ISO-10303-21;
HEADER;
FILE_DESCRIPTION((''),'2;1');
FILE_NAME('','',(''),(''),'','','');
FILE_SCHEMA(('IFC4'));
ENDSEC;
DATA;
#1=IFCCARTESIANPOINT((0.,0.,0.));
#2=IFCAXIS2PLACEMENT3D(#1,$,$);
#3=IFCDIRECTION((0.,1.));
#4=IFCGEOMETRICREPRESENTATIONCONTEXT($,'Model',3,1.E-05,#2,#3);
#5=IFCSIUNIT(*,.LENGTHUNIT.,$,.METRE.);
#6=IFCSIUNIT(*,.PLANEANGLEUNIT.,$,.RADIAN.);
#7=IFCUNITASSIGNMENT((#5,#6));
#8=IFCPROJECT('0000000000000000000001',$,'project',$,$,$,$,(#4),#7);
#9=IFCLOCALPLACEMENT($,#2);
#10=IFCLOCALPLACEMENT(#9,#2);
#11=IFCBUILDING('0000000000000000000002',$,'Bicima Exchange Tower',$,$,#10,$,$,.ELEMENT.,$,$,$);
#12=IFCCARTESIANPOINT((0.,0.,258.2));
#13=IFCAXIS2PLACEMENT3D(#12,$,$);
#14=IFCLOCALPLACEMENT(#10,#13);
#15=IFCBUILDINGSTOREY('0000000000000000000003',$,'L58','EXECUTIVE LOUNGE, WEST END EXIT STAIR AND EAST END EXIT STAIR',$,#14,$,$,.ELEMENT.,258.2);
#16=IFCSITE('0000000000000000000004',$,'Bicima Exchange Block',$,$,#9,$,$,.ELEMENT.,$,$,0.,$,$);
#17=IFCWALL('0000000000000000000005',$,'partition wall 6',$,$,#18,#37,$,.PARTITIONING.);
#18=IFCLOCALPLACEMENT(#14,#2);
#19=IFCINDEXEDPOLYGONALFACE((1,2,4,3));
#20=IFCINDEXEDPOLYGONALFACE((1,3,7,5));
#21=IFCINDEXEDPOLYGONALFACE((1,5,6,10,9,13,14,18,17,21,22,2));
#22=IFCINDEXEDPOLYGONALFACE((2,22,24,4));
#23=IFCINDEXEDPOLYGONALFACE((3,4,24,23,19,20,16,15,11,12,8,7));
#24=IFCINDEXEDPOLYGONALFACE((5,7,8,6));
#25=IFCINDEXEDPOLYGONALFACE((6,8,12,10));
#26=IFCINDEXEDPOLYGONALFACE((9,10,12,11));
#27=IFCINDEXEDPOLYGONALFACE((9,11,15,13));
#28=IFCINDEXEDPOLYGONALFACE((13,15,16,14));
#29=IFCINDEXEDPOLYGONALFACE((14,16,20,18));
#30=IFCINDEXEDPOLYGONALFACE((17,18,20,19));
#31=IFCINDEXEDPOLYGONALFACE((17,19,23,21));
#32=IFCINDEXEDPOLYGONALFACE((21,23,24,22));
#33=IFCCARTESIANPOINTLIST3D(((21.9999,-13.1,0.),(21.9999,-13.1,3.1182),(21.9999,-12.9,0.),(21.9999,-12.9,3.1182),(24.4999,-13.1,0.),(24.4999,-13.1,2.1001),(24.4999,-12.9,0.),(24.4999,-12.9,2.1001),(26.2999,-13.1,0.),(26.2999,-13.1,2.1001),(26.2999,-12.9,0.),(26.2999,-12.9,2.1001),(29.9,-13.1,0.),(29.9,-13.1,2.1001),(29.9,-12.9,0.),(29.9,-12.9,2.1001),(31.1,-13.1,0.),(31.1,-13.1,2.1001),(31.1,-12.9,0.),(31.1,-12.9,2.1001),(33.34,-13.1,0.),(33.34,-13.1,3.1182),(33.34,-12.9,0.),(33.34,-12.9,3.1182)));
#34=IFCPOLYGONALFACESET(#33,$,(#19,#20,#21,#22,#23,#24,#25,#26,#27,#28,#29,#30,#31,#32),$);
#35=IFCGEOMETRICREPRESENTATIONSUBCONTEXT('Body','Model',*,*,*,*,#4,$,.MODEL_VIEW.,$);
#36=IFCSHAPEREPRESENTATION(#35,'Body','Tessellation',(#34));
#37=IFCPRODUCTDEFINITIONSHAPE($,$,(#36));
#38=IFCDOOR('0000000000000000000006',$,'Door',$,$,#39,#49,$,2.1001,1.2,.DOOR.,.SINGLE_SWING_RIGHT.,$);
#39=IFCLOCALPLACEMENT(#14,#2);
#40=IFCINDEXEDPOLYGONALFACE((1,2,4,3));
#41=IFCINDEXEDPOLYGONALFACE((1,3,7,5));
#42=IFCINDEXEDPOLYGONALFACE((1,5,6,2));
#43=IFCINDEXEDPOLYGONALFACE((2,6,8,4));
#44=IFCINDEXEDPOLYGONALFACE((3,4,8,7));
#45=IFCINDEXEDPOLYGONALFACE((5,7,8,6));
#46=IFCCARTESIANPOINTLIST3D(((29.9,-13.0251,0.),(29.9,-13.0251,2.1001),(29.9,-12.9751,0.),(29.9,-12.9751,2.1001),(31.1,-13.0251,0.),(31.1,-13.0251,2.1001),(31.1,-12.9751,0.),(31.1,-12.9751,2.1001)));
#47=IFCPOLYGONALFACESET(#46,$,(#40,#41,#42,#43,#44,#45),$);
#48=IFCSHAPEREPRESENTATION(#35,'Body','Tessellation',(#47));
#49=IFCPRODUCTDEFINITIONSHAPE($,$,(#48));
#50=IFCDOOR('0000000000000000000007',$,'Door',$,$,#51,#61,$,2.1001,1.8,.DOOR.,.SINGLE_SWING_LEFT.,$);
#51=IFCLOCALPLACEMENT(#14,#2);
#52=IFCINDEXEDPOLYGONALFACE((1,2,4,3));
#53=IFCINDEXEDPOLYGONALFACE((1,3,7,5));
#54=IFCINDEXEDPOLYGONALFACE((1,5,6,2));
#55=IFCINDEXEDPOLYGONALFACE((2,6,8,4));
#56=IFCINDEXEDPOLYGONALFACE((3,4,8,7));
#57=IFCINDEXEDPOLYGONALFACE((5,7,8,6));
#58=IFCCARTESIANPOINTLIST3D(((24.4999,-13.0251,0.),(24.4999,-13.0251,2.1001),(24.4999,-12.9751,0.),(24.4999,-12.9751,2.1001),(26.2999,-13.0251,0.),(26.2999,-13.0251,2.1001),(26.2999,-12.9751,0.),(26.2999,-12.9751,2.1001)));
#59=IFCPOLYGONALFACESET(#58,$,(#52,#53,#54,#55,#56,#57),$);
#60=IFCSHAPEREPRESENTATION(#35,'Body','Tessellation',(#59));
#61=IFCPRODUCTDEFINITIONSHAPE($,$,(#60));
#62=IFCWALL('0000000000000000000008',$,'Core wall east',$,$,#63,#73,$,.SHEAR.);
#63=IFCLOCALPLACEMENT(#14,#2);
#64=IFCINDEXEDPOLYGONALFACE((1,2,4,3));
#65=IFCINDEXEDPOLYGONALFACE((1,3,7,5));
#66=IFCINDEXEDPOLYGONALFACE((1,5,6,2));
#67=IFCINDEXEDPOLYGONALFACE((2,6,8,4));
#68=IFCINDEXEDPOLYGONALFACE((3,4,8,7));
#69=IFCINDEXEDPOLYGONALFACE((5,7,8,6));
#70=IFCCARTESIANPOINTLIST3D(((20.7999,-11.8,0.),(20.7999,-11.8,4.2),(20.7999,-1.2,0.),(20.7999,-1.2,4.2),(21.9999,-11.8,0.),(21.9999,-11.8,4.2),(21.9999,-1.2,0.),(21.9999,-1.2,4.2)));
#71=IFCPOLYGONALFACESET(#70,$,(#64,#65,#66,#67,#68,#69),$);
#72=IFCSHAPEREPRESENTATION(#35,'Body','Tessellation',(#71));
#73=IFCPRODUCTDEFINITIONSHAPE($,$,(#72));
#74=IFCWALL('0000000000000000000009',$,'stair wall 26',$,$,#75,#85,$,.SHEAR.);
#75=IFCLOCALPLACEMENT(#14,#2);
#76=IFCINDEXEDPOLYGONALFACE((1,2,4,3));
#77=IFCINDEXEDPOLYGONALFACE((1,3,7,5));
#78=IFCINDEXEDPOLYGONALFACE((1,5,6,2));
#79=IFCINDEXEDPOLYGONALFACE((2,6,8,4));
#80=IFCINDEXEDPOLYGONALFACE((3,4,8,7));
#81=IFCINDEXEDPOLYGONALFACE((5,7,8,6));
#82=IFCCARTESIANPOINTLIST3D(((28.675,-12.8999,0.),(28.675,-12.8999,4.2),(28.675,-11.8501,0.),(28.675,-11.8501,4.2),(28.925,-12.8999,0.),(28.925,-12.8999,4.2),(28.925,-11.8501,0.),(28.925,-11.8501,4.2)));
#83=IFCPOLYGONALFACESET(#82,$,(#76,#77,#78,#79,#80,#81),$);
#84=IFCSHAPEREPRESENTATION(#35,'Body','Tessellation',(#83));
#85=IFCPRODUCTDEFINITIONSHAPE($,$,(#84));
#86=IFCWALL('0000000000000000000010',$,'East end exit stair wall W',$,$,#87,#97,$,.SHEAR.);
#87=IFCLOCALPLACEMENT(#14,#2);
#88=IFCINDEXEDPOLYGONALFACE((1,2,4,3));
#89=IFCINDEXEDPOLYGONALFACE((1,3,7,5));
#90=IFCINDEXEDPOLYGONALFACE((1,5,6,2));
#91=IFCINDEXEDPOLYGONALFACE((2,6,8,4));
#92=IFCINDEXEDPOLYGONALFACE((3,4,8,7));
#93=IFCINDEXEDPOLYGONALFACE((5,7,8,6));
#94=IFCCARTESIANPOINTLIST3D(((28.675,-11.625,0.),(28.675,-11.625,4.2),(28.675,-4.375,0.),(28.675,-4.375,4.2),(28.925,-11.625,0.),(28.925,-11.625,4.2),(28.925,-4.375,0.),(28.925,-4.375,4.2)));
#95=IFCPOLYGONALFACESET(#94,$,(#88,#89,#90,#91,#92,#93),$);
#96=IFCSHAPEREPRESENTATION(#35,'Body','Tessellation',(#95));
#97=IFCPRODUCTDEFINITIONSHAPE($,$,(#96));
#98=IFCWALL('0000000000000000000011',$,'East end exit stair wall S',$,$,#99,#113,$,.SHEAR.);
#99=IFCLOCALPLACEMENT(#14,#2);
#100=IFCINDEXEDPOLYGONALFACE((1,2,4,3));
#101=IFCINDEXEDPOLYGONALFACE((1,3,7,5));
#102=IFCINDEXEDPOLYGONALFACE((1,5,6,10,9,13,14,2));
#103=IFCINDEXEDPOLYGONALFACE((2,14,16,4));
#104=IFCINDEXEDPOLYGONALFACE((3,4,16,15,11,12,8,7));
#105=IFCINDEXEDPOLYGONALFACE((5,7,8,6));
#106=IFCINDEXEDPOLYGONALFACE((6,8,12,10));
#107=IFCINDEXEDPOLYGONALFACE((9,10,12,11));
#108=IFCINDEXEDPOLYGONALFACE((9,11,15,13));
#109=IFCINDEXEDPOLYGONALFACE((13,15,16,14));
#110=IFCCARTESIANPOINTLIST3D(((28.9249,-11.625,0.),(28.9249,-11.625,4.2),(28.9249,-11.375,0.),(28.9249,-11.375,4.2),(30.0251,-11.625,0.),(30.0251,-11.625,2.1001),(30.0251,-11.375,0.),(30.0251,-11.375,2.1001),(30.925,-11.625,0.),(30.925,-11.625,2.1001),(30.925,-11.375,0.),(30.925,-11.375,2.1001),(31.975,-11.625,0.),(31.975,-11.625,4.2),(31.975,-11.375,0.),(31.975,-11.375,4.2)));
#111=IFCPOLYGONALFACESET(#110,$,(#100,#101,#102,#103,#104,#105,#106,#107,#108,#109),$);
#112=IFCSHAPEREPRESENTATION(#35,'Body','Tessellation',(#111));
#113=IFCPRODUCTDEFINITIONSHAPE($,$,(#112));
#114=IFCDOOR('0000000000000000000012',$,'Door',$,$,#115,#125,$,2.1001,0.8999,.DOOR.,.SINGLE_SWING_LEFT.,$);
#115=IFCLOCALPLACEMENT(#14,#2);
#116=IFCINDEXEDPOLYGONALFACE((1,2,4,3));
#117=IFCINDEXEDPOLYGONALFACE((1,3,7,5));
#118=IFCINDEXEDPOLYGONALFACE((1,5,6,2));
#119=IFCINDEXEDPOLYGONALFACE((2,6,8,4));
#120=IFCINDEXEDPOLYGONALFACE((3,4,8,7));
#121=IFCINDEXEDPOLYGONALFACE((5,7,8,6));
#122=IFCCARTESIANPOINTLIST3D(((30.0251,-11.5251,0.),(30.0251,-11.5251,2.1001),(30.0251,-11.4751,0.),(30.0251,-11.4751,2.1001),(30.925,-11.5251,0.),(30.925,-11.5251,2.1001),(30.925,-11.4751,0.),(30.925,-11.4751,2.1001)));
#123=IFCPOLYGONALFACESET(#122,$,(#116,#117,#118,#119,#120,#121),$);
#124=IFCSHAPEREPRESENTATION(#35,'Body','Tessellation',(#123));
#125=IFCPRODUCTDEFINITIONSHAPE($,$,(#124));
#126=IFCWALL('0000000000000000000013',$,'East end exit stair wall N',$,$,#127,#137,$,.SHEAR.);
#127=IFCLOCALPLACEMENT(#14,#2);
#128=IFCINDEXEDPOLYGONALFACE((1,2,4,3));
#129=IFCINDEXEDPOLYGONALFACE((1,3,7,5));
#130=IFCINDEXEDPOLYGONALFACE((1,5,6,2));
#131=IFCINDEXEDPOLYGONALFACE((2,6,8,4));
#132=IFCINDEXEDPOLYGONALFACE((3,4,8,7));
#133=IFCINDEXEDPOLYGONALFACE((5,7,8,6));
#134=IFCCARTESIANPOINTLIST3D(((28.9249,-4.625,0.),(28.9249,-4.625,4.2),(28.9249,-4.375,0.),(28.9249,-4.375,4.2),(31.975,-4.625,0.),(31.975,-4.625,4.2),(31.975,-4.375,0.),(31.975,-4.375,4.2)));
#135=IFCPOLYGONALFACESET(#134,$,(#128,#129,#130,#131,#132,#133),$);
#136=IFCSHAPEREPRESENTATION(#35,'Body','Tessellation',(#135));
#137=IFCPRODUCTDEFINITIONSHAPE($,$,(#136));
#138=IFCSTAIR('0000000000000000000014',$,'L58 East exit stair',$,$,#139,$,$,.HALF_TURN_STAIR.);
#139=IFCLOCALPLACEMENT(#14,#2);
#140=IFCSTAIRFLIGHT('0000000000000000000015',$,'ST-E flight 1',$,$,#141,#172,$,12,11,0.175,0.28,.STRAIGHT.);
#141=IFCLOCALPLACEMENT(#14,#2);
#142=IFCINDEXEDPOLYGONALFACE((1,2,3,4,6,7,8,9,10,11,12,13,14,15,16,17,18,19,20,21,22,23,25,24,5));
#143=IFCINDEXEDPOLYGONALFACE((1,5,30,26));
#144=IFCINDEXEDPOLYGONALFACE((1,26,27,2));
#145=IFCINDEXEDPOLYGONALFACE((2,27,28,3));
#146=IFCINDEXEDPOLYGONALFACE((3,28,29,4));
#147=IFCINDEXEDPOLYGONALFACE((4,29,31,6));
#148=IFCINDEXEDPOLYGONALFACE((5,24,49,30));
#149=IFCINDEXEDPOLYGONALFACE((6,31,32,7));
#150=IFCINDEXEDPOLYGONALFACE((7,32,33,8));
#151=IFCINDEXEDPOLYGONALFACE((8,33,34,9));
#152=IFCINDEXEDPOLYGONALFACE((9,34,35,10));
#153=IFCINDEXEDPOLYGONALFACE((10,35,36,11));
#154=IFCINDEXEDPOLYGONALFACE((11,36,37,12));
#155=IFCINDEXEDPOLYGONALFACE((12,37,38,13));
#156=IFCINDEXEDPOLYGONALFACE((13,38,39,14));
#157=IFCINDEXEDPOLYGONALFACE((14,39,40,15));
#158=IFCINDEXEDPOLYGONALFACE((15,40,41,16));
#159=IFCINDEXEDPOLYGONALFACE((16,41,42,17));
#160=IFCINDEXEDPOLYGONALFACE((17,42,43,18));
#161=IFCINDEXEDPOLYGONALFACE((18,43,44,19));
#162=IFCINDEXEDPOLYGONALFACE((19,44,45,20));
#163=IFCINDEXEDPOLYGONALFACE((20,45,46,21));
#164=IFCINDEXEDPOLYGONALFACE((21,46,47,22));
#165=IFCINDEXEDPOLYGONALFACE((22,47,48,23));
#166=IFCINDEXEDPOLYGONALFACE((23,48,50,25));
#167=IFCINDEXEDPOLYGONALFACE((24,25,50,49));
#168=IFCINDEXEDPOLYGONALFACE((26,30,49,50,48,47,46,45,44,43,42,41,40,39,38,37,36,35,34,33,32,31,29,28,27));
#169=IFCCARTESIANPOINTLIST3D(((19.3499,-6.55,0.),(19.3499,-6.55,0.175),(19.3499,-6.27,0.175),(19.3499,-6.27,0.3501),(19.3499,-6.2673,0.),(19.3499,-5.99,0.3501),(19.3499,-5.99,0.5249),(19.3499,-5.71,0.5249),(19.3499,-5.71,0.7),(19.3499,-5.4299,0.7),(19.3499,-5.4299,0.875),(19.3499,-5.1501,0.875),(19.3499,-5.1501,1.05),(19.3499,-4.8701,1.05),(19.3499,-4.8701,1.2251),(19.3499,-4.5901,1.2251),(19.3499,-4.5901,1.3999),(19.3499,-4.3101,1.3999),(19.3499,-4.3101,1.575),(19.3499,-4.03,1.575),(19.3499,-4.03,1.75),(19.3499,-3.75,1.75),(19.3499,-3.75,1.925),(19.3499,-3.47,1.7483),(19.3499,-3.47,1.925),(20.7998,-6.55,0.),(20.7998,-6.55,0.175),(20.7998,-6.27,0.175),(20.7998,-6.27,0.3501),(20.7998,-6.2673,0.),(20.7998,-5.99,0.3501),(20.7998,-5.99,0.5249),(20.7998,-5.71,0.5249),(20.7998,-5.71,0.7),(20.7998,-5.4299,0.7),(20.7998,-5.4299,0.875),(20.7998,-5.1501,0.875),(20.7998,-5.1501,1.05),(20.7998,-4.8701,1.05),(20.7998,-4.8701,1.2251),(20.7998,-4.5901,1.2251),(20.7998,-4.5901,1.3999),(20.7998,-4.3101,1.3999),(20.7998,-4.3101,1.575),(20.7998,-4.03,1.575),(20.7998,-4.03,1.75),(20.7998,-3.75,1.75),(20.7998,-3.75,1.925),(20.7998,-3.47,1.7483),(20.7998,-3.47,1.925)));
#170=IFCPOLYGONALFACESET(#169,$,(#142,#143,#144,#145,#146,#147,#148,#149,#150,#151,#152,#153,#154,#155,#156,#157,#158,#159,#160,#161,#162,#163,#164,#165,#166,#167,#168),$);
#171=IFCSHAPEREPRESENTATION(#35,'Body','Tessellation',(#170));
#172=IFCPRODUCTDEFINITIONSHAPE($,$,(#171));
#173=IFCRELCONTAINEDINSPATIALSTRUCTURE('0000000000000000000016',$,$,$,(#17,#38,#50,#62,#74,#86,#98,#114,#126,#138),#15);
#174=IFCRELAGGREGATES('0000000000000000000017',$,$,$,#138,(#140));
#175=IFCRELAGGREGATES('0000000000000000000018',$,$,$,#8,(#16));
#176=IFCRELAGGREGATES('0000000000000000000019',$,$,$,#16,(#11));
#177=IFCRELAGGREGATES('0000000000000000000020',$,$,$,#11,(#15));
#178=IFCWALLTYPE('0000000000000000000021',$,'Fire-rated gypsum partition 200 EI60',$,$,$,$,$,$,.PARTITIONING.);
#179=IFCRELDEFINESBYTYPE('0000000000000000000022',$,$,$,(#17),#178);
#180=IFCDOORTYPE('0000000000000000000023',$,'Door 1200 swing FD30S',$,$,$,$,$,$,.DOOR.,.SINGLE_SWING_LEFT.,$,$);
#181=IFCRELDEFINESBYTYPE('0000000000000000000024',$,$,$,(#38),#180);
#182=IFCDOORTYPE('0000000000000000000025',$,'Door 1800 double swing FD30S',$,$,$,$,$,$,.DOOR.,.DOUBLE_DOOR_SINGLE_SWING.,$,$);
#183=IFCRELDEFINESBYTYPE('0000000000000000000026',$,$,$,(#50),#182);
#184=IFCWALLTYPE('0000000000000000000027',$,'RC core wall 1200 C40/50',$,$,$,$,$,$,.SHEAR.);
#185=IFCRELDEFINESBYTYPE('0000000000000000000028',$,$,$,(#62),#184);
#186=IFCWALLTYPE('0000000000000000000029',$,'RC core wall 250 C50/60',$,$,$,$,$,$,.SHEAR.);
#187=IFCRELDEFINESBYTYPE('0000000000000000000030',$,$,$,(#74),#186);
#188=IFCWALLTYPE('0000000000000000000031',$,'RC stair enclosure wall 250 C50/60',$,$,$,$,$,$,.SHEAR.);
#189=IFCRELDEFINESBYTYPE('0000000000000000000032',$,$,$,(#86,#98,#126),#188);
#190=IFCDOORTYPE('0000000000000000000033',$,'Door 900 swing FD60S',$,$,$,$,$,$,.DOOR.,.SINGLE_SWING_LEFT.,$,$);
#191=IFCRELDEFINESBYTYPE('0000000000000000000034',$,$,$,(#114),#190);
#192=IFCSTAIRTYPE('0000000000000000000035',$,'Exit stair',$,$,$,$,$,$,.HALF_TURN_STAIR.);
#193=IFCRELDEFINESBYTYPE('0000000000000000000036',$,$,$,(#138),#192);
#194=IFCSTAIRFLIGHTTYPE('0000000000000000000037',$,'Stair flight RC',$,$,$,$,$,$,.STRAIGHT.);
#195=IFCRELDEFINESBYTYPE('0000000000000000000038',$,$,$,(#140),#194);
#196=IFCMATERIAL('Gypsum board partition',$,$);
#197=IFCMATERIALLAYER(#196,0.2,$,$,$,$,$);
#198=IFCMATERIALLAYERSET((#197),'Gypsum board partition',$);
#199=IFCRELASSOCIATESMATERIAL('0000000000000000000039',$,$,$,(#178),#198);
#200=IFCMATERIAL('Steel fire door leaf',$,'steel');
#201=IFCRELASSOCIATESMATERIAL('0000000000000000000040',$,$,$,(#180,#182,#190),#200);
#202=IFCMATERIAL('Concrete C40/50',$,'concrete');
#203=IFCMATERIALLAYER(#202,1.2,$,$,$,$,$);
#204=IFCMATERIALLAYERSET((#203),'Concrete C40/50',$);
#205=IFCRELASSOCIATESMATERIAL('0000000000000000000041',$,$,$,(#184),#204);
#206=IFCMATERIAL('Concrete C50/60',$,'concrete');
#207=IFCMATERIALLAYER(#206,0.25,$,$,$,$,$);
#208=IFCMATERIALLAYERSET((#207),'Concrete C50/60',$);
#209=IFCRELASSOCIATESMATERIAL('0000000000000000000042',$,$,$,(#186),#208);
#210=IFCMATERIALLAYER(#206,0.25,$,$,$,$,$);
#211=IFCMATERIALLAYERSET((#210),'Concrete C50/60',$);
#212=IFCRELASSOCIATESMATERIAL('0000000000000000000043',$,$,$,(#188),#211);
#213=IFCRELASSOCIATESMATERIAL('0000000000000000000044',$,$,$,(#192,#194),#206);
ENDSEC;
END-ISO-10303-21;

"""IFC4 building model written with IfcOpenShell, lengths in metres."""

from ifc_helpers import new_model, si_unit, direction, frame, frame_2d, origin, place, context, subcontext, project, spatial, polyline, rectangle, outline, extrude, material, layer, layer_set, type_object, element, fill, aggregate, save


model = new_model("IFC4")

# Units and contexts
model_context = context("Model", 3, precision=1e-05, world=origin(), true_north=direction((0.0, 1.0)))
body_context = subcontext(model_context, "Body", "Model", "MODEL_VIEW")
ifc_project = project(units=[si_unit("LENGTHUNIT", "METRE"), si_unit("PLANEANGLEUNIT", "RADIAN")], contexts=[model_context])

# Site, building, storey
site_placement = place(None, origin())
site = spatial("IfcSite", under=ifc_project, at=site_placement, Name="Bicima Exchange Block", CompositionType="ELEMENT", RefElevation=0.0)
building_placement = place(site_placement, origin())
building = spatial("IfcBuilding", under=site, at=building_placement, Name="Bicima Exchange Tower", CompositionType="ELEMENT")
storey_placement = place(building_placement, frame((0.0, 0.0, 258.2)))
storey = spatial("IfcBuildingStorey", under=building, at=storey_placement, Name="L58", Description="EXECUTIVE LOUNGE, WEST END EXIT STAIR AND EAST END EXIT STAIR", CompositionType="ELEMENT", Elevation=258.2)

# Wall, openings, doors
ifc_material_1 = material(Name="Gypsum board partition")
ifc_layer_1 = layer(ifc_material_1, 0.2)
ifc_layer_set_1 = layer_set([ifc_layer_1], Name="Gypsum board partition")
wall_type_1 = type_object("IfcWallType", Name="Fire-rated gypsum partition 200 EI60", PredefinedType="PARTITIONING", material=ifc_layer_set_1)
wall_1_placement = place(storey_placement, frame((22.0, -13.0, 0.0), z_axis=(0.0, 0.0, 1.0), x_axis=(1.0, 0.0, 0.0)))
wall_1 = element("IfcWall", 1, at=wall_1_placement, inside=storey, type_object=wall_type_1, Name="partition wall 6", PredefinedType="PARTITIONING", context=body_context, shape_type="SweptSolid", body=[
    extrude(rectangle(XDim=11.3401, YDim=0.2, at=frame_2d((5.6699, 0.0))), origin(), (0.0, 0.0, 1.0), 3.1182),
])
opening_1_placement = place(wall_1_placement, frame((7.8999, 0.0, 0.0)))
opening_1 = element("IfcOpeningElement", 2, at=opening_1_placement, cuts=wall_1, PredefinedType="OPENING", context=body_context, shape_type="SweptSolid", body=[
    extrude(rectangle(XDim=1.2, YDim=2.1001, at=frame_2d((0.6001, 1.05))), frame((0.0, 0.1118, 0.0), z_axis=(0.0, -1.0, 0.0), x_axis=(1.0, 0.0, 0.0)), (0.0, 0.0, 1.0), 0.2239),
])
opening_2_placement = place(wall_1_placement, frame((2.5, 0.0, 0.0)))
opening_2 = element("IfcOpeningElement", 3, at=opening_2_placement, cuts=wall_1, PredefinedType="OPENING", context=body_context, shape_type="SweptSolid", body=[
    extrude(rectangle(XDim=1.8, YDim=2.1001, at=frame_2d((0.8999, 1.05))), frame((0.0, 0.1118, 0.0), z_axis=(0.0, -1.0, 0.0), x_axis=(1.0, 0.0, 0.0)), (0.0, 0.0, 1.0), 0.2239),
])
ifc_material_2 = material(Name="Steel fire door leaf", Category="steel")
door_type_1 = type_object("IfcDoorType", Name="Door 1200 swing FD30S", OperationType="SINGLE_SWING_LEFT", PredefinedType="DOOR", material=ifc_material_2)
door_1_placement = place(opening_1_placement, origin())
door_1 = element("IfcDoor", 4, at=door_1_placement, inside=storey, type_object=door_type_1, Name="Door", OperationType="SINGLE_SWING_RIGHT", OverallHeight=2.1001, OverallWidth=1.2, PredefinedType="DOOR", context=body_context, shape_type="SweptSolid", body=[
    extrude(rectangle(XDim=1.2, YDim=2.1001, at=frame_2d((0.6001, 1.05))), frame((0.0, 0.0249, 0.0), z_axis=(0.0, -1.0, 0.0), x_axis=(1.0, 0.0, 0.0)), (0.0, 0.0, 1.0), 0.05),
])
fill(opening_1, door_1)
door_type_2 = type_object("IfcDoorType", Name="Door 1800 double swing FD30S", OperationType="DOUBLE_DOOR_SINGLE_SWING", PredefinedType="DOOR", material=ifc_material_2)
door_2_placement = place(opening_2_placement, origin())
door_2 = element("IfcDoor", 5, at=door_2_placement, inside=storey, type_object=door_type_2, Name="Door", OperationType="SINGLE_SWING_LEFT", OverallHeight=2.1001, OverallWidth=1.8, PredefinedType="DOOR", context=body_context, shape_type="SweptSolid", body=[
    extrude(rectangle(XDim=1.8, YDim=2.1001, at=frame_2d((0.8999, 1.05))), frame((0.0, 0.0249, 0.0), z_axis=(0.0, -1.0, 0.0), x_axis=(1.0, 0.0, 0.0)), (0.0, 0.0, 1.0), 0.05),
])
fill(opening_2, door_2)

# Walls
ifc_material_3 = material(Name="Concrete C40/50", Category="concrete")
ifc_layer_2 = layer(ifc_material_3, 1.2)
ifc_layer_set_2 = layer_set([ifc_layer_2], Name="Concrete C40/50")
wall_type_2 = type_object("IfcWallType", Name="RC core wall 1200 C40/50", PredefinedType="SHEAR", material=ifc_layer_set_2)
wall_2_placement = place(storey_placement, frame((21.3999, -11.8, 0.0), z_axis=(0.0, 0.0, 1.0), x_axis=(0.0, 1.0, 0.0)))
element("IfcWall", 6, at=wall_2_placement, inside=storey, type_object=wall_type_2, Name="Core wall east", PredefinedType="SHEAR", context=body_context, shape_type="SweptSolid", body=[
    extrude(rectangle(XDim=10.6001, YDim=1.2, at=frame_2d((5.3, 0.0))), origin(), (0.0, 0.0, 1.0), 4.2),
])
ifc_material_4 = material(Name="Concrete C50/60", Category="concrete")
ifc_layer_3 = layer(ifc_material_4, 0.25)
ifc_layer_set_3 = layer_set([ifc_layer_3], Name="Concrete C50/60")
wall_type_3 = type_object("IfcWallType", Name="RC core wall 250 C50/60", PredefinedType="SHEAR", material=ifc_layer_set_3)
wall_3_placement = place(storey_placement, frame((28.8, -12.8999, 0.0), z_axis=(0.0, 0.0, 1.0), x_axis=(0.0, 1.0, 0.0)))
element("IfcWall", 7, at=wall_3_placement, inside=storey, type_object=wall_type_3, Name="stair wall 26", PredefinedType="SHEAR", context=body_context, shape_type="SweptSolid", body=[
    extrude(rectangle(XDim=1.0498, YDim=0.25, at=frame_2d((0.5249, 0.0))), origin(), (0.0, 0.0, 1.0), 4.2),
])
ifc_layer_4 = layer(ifc_material_4, 0.25)
ifc_layer_set_4 = layer_set([ifc_layer_4], Name="Concrete C50/60")
wall_type_4 = type_object("IfcWallType", Name="RC stair enclosure wall 250 C50/60", PredefinedType="SHEAR", material=ifc_layer_set_4)
wall_4_placement = place(storey_placement, frame((28.8, -11.625, 0.0), z_axis=(0.0, 0.0, 1.0), x_axis=(0.0, 1.0, 0.0)))
element("IfcWall", 8, at=wall_4_placement, inside=storey, type_object=wall_type_4, Name="East end exit stair wall W", PredefinedType="SHEAR", context=body_context, shape_type="SweptSolid", body=[
    extrude(rectangle(XDim=7.25, YDim=0.25, at=frame_2d((3.625, 0.0))), origin(), (0.0, 0.0, 1.0), 4.2),
])

# Wall, opening, door
wall_5_placement = place(storey_placement, frame((28.925, -11.5, 0.0), z_axis=(0.0, 0.0, 1.0), x_axis=(1.0, 0.0, 0.0)))
wall_5 = element("IfcWall", 9, at=wall_5_placement, inside=storey, type_object=wall_type_4, Name="East end exit stair wall S", PredefinedType="SHEAR", context=body_context, shape_type="SweptSolid", body=[
    extrude(rectangle(XDim=3.05, YDim=0.25, at=frame_2d((1.5249, 0.0))), origin(), (0.0, 0.0, 1.0), 4.2),
])
opening_3_placement = place(wall_5_placement, frame((1.1001, 0.0, 0.0)))
opening_3 = element("IfcOpeningElement", 10, at=opening_3_placement, cuts=wall_5, PredefinedType="OPENING", context=body_context, shape_type="SweptSolid", body=[
    extrude(rectangle(XDim=0.8999, YDim=2.1001, at=frame_2d((0.45, 1.05))), frame((0.0, 0.137, 0.0), z_axis=(0.0, -1.0, 0.0), x_axis=(1.0, 0.0, 0.0)), (0.0, 0.0, 1.0), 0.2739),
])
door_type_3 = type_object("IfcDoorType", Name="Door 900 swing FD60S", OperationType="SINGLE_SWING_LEFT", PredefinedType="DOOR", material=ifc_material_2)
door_3_placement = place(opening_3_placement, origin())
door_3 = element("IfcDoor", 11, at=door_3_placement, inside=storey, type_object=door_type_3, Name="Door", OperationType="SINGLE_SWING_LEFT", OverallHeight=2.1001, OverallWidth=0.8999, PredefinedType="DOOR", context=body_context, shape_type="SweptSolid", body=[
    extrude(rectangle(XDim=0.8999, YDim=2.1001, at=frame_2d((0.45, 1.05))), frame((0.0, 0.0249, 0.0), z_axis=(0.0, -1.0, 0.0), x_axis=(1.0, 0.0, 0.0)), (0.0, 0.0, 1.0), 0.05),
])
fill(opening_3, door_3)

# Wall
wall_6_placement = place(storey_placement, frame((28.925, -4.5, 0.0), z_axis=(0.0, 0.0, 1.0), x_axis=(1.0, 0.0, 0.0)))
element("IfcWall", 12, at=wall_6_placement, inside=storey, type_object=wall_type_4, Name="East end exit stair wall N", PredefinedType="SHEAR", context=body_context, shape_type="SweptSolid", body=[
    extrude(rectangle(XDim=3.05, YDim=0.25, at=frame_2d((1.5249, 0.0))), origin(), (0.0, 0.0, 1.0), 4.2),
])

# Stair, stair flight
stair_type = type_object("IfcStairType", Name="Exit stair", PredefinedType="HALF_TURN_STAIR", material=ifc_material_4)
stair_1_placement = place(storey_placement, origin())
stair_1 = element("IfcStair", 13, at=stair_1_placement, inside=storey, type_object=stair_type, Name="L58 East exit stair", PredefinedType="HALF_TURN_STAIR")
stair_flight_type = type_object("IfcStairFlightType", Name="Stair flight RC", PredefinedType="STRAIGHT", material=ifc_material_4)
stair_flight_1_placement = place(storey_placement, frame((20.075, -6.55, 0.0), z_axis=(0.0, 0.0, 1.0), x_axis=(0.0, 1.0, 0.0)))
stair_flight_1 = element("IfcStairFlight", 14, at=stair_flight_1_placement, type_object=stair_flight_type, Name="ST-E flight 1", NumberOfRisers=12, NumberOfTreads=11, PredefinedType="STRAIGHT", RiserHeight=0.175, TreadLength=0.28, context=body_context, shape_type="SweptSolid", body=[
    extrude(outline(polyline([(0.0, 0.0), (0.0, 0.175), (0.28, 0.175), (0.28, 0.3501), (0.5601, 0.3501), (0.5601, 0.5249), (0.8401, 0.5249), (0.8401, 0.7), (1.1201, 0.7), (1.1201, 0.875), (1.3999, 0.875), (1.3999, 1.05), (1.6799, 1.05), (1.6799, 1.2251), (1.96, 1.2251), (1.96, 1.3999), (2.24, 1.3999), (2.24, 1.575), (2.52, 1.575), (2.52, 1.75), (2.8, 1.75), (2.8, 1.925), (3.0801, 1.925), (3.0801, 2.1001), (3.0801, 1.7483), (0.2827, 0.0), (0.0, 0.0)])), frame((0.0, 0.7251, 0.0), z_axis=(0.0, -1.0, 0.0), x_axis=(1.0, 0.0, 0.0)), (0.0, 0.0, 1.0), 1.45),
])
aggregate(stair_1, [stair_flight_1])

save(model, "model.ifc")
